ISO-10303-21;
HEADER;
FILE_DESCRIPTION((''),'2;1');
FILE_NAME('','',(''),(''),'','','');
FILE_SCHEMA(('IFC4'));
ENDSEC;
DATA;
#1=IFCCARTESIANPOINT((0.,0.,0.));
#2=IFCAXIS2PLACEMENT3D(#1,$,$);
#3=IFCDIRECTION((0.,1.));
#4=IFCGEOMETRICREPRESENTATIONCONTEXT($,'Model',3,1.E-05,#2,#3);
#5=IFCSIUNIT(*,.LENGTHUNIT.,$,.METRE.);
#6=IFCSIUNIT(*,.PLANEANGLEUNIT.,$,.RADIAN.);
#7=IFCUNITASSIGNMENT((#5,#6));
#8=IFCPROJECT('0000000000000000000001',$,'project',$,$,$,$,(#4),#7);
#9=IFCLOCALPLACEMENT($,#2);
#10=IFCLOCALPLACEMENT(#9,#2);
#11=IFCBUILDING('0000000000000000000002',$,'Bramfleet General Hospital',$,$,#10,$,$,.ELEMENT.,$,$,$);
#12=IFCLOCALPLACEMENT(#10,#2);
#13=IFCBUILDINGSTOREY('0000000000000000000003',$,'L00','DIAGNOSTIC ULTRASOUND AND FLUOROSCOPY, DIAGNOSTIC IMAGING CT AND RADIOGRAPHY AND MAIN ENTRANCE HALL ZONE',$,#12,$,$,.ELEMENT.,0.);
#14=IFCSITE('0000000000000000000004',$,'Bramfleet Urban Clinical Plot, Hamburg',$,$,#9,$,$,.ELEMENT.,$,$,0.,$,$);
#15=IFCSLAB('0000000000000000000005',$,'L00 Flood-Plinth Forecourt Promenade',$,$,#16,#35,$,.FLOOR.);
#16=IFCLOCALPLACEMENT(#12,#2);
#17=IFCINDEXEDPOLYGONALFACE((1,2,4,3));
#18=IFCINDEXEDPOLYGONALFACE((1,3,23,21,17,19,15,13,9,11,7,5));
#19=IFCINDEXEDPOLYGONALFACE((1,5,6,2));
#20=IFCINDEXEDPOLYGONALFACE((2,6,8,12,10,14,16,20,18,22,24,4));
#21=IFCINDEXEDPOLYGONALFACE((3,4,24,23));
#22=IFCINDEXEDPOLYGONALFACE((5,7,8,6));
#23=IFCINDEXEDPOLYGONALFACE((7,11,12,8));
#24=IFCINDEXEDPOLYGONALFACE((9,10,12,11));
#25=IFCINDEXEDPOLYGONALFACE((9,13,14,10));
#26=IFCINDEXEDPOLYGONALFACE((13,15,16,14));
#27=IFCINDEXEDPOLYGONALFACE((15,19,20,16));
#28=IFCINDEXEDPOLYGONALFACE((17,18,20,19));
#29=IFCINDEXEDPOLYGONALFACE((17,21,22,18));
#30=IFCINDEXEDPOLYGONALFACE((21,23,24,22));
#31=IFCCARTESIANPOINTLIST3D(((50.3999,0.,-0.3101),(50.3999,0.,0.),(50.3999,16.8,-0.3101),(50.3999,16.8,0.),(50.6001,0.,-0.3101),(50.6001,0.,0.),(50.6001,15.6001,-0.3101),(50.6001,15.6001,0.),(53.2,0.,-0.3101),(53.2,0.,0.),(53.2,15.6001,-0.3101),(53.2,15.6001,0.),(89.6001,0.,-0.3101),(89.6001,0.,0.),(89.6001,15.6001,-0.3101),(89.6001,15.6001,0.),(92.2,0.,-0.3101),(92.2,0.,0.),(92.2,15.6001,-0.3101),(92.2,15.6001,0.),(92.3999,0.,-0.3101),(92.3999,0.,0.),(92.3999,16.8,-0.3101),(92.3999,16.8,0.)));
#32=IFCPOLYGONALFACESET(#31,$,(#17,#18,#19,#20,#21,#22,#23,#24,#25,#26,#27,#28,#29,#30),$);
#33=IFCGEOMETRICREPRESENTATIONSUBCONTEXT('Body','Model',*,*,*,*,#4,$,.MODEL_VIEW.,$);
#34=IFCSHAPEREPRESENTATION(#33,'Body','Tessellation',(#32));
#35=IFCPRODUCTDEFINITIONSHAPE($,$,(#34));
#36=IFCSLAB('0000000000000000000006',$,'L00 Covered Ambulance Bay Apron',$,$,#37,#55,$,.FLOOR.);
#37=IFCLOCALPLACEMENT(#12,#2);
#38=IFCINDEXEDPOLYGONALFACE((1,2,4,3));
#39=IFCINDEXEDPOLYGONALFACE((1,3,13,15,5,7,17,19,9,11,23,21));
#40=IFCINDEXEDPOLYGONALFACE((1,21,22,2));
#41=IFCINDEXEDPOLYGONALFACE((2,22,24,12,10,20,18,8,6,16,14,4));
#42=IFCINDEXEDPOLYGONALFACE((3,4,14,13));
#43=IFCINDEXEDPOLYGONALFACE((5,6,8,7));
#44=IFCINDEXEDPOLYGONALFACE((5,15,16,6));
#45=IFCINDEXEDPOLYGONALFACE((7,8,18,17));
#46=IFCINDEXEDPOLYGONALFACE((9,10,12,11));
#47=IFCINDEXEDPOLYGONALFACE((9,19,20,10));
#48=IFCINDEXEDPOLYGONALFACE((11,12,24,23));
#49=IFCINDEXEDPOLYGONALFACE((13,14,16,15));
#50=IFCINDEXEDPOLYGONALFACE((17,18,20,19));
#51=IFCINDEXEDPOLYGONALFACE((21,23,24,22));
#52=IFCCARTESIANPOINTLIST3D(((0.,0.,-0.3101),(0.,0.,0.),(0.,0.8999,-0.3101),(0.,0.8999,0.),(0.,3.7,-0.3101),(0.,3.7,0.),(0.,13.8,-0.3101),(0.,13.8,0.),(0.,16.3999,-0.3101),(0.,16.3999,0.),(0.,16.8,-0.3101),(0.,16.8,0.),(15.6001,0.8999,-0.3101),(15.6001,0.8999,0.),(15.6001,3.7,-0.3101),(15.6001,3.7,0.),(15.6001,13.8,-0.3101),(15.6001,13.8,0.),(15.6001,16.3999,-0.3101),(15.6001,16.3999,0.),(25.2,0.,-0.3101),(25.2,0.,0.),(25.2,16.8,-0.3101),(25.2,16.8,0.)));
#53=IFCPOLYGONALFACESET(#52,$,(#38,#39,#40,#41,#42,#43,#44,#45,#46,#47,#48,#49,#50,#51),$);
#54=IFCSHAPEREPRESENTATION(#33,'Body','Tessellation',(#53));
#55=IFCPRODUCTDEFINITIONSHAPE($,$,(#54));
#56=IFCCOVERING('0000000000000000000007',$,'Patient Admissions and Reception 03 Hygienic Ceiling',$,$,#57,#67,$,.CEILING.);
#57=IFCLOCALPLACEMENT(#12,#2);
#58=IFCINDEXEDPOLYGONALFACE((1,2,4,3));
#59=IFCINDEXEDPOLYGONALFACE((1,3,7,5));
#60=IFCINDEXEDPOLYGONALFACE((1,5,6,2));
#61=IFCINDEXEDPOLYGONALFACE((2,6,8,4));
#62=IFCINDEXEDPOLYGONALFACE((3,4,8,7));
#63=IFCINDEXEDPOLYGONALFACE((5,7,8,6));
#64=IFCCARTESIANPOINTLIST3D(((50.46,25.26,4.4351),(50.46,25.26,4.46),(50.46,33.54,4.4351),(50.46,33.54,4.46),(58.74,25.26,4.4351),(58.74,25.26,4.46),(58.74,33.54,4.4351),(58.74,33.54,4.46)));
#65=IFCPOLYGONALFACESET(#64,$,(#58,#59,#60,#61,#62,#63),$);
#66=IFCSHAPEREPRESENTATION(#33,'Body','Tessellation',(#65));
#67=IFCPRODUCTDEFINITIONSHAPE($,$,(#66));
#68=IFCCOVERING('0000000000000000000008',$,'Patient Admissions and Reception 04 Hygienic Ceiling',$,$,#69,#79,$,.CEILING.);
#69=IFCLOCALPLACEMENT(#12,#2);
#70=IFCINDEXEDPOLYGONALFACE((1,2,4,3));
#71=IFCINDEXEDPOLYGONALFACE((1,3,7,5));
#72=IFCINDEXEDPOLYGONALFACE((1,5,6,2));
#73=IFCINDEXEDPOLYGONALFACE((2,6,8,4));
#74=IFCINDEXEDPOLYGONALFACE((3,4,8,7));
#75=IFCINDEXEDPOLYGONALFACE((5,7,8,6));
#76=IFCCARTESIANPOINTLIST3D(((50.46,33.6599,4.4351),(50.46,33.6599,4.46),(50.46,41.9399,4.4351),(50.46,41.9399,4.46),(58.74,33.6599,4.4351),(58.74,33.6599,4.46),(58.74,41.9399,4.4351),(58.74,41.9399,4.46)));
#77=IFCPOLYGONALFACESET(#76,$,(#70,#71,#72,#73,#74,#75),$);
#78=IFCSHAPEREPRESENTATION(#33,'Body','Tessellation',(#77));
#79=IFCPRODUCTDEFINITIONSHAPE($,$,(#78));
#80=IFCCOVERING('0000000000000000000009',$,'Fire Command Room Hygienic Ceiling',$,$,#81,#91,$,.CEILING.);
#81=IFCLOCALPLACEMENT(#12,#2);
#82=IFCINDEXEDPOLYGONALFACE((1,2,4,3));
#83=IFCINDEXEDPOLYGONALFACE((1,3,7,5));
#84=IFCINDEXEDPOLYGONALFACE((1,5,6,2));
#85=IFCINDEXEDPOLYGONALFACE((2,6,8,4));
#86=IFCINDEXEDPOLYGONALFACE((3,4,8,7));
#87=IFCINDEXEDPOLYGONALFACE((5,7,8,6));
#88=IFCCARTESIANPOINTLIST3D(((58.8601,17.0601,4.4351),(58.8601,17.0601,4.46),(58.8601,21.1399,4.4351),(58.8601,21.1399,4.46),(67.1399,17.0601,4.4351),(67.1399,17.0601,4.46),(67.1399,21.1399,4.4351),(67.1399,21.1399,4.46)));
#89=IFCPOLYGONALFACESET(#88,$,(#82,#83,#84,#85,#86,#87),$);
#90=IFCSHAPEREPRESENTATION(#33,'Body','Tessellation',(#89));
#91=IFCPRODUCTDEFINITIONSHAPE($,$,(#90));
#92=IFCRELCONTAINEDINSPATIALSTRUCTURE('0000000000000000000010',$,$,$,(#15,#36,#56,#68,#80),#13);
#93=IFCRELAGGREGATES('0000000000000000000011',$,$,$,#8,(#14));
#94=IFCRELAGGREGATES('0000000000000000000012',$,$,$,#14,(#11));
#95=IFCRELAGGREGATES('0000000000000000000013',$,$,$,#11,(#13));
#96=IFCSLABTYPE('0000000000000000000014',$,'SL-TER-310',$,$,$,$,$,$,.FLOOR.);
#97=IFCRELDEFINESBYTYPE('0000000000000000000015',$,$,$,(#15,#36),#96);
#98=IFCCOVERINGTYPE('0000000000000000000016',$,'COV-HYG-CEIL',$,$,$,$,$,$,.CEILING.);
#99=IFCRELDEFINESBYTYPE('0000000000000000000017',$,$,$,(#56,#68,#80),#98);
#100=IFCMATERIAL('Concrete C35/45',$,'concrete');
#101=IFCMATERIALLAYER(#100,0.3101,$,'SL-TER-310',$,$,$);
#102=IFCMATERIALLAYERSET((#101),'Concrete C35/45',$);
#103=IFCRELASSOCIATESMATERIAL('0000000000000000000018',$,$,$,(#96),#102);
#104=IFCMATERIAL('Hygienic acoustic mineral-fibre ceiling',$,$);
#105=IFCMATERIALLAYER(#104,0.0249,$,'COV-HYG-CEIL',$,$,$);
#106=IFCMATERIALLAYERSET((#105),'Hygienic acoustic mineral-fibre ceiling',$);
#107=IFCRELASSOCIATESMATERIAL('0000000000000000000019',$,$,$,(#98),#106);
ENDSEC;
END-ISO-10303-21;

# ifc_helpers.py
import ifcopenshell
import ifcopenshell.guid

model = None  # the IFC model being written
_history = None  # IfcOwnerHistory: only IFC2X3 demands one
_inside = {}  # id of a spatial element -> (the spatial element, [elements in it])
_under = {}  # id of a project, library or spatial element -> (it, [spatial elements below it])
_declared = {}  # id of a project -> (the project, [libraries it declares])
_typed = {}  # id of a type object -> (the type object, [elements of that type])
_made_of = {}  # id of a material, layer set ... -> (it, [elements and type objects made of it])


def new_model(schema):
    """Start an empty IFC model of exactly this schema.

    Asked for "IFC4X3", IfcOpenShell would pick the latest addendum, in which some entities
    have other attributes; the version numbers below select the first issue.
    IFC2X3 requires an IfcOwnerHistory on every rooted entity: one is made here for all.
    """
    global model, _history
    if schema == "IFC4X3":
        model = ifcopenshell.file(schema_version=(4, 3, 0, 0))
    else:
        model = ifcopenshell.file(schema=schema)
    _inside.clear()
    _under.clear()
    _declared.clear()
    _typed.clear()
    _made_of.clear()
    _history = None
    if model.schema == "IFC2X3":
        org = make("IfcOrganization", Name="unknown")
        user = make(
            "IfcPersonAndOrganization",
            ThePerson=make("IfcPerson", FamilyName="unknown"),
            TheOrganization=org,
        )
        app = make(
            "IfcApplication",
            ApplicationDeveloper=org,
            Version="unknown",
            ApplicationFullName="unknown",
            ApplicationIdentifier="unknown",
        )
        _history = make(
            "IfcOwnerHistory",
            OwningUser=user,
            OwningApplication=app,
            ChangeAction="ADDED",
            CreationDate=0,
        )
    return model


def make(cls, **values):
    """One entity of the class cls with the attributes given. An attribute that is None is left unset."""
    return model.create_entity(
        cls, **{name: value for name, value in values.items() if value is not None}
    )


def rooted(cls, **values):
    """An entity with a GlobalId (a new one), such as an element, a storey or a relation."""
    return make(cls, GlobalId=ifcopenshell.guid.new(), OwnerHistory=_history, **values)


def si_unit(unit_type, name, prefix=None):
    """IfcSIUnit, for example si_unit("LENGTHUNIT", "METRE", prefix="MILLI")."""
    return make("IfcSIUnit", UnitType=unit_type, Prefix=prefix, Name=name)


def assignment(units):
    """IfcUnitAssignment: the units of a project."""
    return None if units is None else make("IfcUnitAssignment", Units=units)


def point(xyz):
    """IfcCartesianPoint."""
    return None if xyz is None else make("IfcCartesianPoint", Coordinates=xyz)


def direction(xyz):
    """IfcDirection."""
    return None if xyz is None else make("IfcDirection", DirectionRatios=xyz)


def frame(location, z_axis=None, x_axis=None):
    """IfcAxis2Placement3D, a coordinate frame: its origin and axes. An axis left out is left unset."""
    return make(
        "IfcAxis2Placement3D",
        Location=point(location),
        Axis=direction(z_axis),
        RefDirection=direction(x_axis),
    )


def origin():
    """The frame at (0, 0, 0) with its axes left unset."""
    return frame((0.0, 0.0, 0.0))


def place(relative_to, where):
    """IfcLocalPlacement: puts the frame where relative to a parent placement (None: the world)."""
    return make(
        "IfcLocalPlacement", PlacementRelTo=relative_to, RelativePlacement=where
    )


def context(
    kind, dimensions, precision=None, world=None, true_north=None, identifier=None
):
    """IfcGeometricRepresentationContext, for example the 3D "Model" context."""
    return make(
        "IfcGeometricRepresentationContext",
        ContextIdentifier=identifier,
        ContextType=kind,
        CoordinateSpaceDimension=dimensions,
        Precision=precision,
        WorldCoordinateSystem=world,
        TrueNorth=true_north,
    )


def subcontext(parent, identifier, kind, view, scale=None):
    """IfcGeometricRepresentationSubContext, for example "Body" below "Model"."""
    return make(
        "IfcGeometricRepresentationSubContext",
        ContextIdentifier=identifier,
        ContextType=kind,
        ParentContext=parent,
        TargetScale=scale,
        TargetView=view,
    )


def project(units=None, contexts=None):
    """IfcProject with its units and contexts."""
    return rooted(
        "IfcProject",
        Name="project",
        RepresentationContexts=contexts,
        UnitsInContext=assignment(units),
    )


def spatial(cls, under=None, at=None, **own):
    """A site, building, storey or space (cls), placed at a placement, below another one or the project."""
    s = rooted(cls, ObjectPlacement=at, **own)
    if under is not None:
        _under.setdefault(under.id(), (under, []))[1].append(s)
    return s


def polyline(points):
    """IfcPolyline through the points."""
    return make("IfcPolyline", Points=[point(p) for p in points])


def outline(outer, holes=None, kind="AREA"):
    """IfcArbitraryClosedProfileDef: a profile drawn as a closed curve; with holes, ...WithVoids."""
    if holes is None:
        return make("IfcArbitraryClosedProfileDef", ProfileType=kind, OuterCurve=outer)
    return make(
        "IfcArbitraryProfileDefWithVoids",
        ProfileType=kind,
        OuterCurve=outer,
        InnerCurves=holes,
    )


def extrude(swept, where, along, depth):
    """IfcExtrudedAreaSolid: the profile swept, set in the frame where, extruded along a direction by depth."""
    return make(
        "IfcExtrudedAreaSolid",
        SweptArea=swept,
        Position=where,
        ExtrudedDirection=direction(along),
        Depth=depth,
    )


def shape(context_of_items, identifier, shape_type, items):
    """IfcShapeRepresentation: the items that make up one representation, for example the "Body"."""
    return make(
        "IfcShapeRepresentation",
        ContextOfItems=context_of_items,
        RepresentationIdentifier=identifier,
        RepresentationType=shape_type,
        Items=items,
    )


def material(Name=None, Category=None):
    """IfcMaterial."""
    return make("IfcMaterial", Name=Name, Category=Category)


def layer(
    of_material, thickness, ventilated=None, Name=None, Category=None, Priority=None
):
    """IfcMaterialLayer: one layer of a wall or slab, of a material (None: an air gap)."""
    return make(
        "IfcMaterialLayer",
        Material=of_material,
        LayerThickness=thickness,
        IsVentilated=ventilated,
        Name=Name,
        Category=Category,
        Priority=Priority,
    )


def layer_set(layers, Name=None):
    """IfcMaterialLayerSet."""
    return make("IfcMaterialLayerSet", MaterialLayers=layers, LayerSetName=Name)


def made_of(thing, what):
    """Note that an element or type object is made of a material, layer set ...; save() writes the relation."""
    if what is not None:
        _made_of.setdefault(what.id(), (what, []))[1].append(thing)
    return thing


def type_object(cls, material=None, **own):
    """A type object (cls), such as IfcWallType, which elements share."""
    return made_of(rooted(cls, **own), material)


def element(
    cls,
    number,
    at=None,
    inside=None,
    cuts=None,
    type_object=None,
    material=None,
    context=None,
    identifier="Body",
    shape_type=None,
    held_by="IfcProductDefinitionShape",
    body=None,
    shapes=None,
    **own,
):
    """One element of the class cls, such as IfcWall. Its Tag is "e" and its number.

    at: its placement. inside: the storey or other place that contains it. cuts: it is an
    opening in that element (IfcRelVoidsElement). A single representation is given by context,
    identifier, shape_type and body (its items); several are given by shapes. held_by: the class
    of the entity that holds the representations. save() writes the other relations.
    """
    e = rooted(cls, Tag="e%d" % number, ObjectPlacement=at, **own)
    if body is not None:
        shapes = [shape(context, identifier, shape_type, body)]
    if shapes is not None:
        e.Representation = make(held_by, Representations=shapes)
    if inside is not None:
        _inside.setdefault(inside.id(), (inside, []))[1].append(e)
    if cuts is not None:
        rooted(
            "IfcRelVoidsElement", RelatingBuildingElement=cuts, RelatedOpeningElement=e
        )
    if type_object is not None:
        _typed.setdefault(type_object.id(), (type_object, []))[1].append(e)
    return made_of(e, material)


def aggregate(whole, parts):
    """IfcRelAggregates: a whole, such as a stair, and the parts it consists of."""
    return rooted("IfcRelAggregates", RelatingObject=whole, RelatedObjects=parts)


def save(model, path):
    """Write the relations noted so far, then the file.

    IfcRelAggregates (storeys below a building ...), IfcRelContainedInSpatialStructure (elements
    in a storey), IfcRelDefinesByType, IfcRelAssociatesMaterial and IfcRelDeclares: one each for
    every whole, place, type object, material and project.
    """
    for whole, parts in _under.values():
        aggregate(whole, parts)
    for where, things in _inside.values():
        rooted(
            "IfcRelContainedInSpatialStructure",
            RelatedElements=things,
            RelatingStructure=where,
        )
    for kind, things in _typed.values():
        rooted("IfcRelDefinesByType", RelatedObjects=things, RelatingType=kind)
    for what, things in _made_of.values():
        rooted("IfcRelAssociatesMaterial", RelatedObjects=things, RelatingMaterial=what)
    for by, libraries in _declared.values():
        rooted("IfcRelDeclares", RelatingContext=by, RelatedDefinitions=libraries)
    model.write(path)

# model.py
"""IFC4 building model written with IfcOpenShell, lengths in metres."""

from ifc_helpers import new_model, si_unit, direction, frame, origin, place, context, subcontext, project, spatial, polyline, outline, extrude, material, layer, layer_set, type_object, element, save


model = new_model("IFC4")

# Units and contexts
model_context = context("Model", 3, precision=1e-05, world=origin(), true_north=direction((0.0, 1.0)))
body_context = subcontext(model_context, "Body", "Model", "MODEL_VIEW")
ifc_project = project(units=[si_unit("LENGTHUNIT", "METRE"), si_unit("PLANEANGLEUNIT", "RADIAN")], contexts=[model_context])

# Site, building, storey
site_placement = place(None, origin())
site = spatial("IfcSite", under=ifc_project, at=site_placement, Name="Bramfleet Urban Clinical Plot, Hamburg", CompositionType="ELEMENT", RefElevation=0.0)
building_placement = place(site_placement, origin())
building = spatial("IfcBuilding", under=site, at=building_placement, Name="Bramfleet General Hospital", CompositionType="ELEMENT")
storey_placement = place(building_placement, origin())
storey = spatial("IfcBuildingStorey", under=building, at=storey_placement, Name="L00", Description="DIAGNOSTIC ULTRASOUND AND FLUOROSCOPY, DIAGNOSTIC IMAGING CT AND RADIOGRAPHY AND MAIN ENTRANCE HALL ZONE", CompositionType="ELEMENT", Elevation=0.0)

# Shared definitions
ifc_material_1 = material(Name="Concrete C35/45", Category="concrete")

# Slabs
ifc_layer_1 = layer(ifc_material_1, 0.3101, Name="SL-TER-310")
ifc_layer_set_1 = layer_set([ifc_layer_1], Name="Concrete C35/45")
slab_type_1 = type_object("IfcSlabType", Name="SL-TER-310", PredefinedType="FLOOR", material=ifc_layer_set_1)
slab_1_placement = place(storey_placement, frame((0.0, 0.0, -0.3101)))
element("IfcSlab", 1, at=slab_1_placement, inside=storey, type_object=slab_type_1, Name="L00 Flood-Plinth Forecourt Promenade", PredefinedType="FLOOR", context=body_context, shape_type="SweptSolid", body=[
    extrude(outline(polyline([(50.3999, 0.0), (50.3999, 16.8), (92.3999, 16.8), (92.3999, 0.0), (92.2, 0.0), (92.2, 15.6001), (89.6001, 15.6001), (89.6001, 0.0), (53.2, 0.0), (53.2, 15.6001), (50.6001, 15.6001), (50.6001, 0.0), (50.3999, 0.0)])), origin(), (0.0, 0.0, 1.0), 0.3101),
])
slab_2_placement = place(storey_placement, frame((0.0, 0.0, -0.3101)))
element("IfcSlab", 2, at=slab_2_placement, inside=storey, type_object=slab_type_1, Name="L00 Covered Ambulance Bay Apron", PredefinedType="FLOOR", context=body_context, shape_type="SweptSolid", body=[
    extrude(outline(polyline([(0.0, 16.8), (25.2, 16.8), (25.2, 0.0), (0.0, 0.0), (0.0, 0.8999), (15.6001, 0.8999), (15.6001, 3.7), (0.0, 3.7), (0.0, 13.8), (15.6001, 13.8), (15.6001, 16.3999), (0.0, 16.3999), (0.0, 16.8)])), origin(), (0.0, 0.0, 1.0), 0.3101),
])

# Coverings
ifc_material_2 = material(Name="Hygienic acoustic mineral-fibre ceiling")
ifc_layer_2 = layer(ifc_material_2, 0.0249, Name="COV-HYG-CEIL")
ifc_layer_set_2 = layer_set([ifc_layer_2], Name="Hygienic acoustic mineral-fibre ceiling")
covering_type = type_object("IfcCoveringType", Name="COV-HYG-CEIL", PredefinedType="CEILING", material=ifc_layer_set_2)
covering_1_placement = place(storey_placement, frame((0.0, 0.0, 4.4351)))
element("IfcCovering", 3, at=covering_1_placement, inside=storey, type_object=covering_type, Name="Patient Admissions and Reception 03 Hygienic Ceiling", PredefinedType="CEILING", context=body_context, shape_type="SweptSolid", body=[
    extrude(outline(polyline([(58.74, 33.54), (58.74, 25.26), (50.46, 25.26), (50.46, 33.54), (58.74, 33.54)])), origin(), (0.0, 0.0, 1.0), 0.0249),
])
covering_2_placement = place(storey_placement, frame((0.0, 0.0, 4.4351)))
element("IfcCovering", 4, at=covering_2_placement, inside=storey, type_object=covering_type, Name="Patient Admissions and Reception 04 Hygienic Ceiling", PredefinedType="CEILING", context=body_context, shape_type="SweptSolid", body=[
    extrude(outline(polyline([(58.74, 41.9399), (58.74, 33.6599), (50.46, 33.6599), (50.46, 41.9399), (58.74, 41.9399)])), origin(), (0.0, 0.0, 1.0), 0.0249),
])
covering_3_placement = place(storey_placement, frame((0.0, 0.0, 4.4351)))
element("IfcCovering", 5, at=covering_3_placement, inside=storey, type_object=covering_type, Name="Fire Command Room Hygienic Ceiling", PredefinedType="CEILING", context=body_context, shape_type="SweptSolid", body=[
    extrude(outline(polyline([(67.1399, 21.1399), (67.1399, 17.0601), (58.8601, 17.0601), (58.8601, 21.1399), (67.1399, 21.1399)])), origin(), (0.0, 0.0, 1.0), 0.0249),
])

save(model, "model.ifc")
